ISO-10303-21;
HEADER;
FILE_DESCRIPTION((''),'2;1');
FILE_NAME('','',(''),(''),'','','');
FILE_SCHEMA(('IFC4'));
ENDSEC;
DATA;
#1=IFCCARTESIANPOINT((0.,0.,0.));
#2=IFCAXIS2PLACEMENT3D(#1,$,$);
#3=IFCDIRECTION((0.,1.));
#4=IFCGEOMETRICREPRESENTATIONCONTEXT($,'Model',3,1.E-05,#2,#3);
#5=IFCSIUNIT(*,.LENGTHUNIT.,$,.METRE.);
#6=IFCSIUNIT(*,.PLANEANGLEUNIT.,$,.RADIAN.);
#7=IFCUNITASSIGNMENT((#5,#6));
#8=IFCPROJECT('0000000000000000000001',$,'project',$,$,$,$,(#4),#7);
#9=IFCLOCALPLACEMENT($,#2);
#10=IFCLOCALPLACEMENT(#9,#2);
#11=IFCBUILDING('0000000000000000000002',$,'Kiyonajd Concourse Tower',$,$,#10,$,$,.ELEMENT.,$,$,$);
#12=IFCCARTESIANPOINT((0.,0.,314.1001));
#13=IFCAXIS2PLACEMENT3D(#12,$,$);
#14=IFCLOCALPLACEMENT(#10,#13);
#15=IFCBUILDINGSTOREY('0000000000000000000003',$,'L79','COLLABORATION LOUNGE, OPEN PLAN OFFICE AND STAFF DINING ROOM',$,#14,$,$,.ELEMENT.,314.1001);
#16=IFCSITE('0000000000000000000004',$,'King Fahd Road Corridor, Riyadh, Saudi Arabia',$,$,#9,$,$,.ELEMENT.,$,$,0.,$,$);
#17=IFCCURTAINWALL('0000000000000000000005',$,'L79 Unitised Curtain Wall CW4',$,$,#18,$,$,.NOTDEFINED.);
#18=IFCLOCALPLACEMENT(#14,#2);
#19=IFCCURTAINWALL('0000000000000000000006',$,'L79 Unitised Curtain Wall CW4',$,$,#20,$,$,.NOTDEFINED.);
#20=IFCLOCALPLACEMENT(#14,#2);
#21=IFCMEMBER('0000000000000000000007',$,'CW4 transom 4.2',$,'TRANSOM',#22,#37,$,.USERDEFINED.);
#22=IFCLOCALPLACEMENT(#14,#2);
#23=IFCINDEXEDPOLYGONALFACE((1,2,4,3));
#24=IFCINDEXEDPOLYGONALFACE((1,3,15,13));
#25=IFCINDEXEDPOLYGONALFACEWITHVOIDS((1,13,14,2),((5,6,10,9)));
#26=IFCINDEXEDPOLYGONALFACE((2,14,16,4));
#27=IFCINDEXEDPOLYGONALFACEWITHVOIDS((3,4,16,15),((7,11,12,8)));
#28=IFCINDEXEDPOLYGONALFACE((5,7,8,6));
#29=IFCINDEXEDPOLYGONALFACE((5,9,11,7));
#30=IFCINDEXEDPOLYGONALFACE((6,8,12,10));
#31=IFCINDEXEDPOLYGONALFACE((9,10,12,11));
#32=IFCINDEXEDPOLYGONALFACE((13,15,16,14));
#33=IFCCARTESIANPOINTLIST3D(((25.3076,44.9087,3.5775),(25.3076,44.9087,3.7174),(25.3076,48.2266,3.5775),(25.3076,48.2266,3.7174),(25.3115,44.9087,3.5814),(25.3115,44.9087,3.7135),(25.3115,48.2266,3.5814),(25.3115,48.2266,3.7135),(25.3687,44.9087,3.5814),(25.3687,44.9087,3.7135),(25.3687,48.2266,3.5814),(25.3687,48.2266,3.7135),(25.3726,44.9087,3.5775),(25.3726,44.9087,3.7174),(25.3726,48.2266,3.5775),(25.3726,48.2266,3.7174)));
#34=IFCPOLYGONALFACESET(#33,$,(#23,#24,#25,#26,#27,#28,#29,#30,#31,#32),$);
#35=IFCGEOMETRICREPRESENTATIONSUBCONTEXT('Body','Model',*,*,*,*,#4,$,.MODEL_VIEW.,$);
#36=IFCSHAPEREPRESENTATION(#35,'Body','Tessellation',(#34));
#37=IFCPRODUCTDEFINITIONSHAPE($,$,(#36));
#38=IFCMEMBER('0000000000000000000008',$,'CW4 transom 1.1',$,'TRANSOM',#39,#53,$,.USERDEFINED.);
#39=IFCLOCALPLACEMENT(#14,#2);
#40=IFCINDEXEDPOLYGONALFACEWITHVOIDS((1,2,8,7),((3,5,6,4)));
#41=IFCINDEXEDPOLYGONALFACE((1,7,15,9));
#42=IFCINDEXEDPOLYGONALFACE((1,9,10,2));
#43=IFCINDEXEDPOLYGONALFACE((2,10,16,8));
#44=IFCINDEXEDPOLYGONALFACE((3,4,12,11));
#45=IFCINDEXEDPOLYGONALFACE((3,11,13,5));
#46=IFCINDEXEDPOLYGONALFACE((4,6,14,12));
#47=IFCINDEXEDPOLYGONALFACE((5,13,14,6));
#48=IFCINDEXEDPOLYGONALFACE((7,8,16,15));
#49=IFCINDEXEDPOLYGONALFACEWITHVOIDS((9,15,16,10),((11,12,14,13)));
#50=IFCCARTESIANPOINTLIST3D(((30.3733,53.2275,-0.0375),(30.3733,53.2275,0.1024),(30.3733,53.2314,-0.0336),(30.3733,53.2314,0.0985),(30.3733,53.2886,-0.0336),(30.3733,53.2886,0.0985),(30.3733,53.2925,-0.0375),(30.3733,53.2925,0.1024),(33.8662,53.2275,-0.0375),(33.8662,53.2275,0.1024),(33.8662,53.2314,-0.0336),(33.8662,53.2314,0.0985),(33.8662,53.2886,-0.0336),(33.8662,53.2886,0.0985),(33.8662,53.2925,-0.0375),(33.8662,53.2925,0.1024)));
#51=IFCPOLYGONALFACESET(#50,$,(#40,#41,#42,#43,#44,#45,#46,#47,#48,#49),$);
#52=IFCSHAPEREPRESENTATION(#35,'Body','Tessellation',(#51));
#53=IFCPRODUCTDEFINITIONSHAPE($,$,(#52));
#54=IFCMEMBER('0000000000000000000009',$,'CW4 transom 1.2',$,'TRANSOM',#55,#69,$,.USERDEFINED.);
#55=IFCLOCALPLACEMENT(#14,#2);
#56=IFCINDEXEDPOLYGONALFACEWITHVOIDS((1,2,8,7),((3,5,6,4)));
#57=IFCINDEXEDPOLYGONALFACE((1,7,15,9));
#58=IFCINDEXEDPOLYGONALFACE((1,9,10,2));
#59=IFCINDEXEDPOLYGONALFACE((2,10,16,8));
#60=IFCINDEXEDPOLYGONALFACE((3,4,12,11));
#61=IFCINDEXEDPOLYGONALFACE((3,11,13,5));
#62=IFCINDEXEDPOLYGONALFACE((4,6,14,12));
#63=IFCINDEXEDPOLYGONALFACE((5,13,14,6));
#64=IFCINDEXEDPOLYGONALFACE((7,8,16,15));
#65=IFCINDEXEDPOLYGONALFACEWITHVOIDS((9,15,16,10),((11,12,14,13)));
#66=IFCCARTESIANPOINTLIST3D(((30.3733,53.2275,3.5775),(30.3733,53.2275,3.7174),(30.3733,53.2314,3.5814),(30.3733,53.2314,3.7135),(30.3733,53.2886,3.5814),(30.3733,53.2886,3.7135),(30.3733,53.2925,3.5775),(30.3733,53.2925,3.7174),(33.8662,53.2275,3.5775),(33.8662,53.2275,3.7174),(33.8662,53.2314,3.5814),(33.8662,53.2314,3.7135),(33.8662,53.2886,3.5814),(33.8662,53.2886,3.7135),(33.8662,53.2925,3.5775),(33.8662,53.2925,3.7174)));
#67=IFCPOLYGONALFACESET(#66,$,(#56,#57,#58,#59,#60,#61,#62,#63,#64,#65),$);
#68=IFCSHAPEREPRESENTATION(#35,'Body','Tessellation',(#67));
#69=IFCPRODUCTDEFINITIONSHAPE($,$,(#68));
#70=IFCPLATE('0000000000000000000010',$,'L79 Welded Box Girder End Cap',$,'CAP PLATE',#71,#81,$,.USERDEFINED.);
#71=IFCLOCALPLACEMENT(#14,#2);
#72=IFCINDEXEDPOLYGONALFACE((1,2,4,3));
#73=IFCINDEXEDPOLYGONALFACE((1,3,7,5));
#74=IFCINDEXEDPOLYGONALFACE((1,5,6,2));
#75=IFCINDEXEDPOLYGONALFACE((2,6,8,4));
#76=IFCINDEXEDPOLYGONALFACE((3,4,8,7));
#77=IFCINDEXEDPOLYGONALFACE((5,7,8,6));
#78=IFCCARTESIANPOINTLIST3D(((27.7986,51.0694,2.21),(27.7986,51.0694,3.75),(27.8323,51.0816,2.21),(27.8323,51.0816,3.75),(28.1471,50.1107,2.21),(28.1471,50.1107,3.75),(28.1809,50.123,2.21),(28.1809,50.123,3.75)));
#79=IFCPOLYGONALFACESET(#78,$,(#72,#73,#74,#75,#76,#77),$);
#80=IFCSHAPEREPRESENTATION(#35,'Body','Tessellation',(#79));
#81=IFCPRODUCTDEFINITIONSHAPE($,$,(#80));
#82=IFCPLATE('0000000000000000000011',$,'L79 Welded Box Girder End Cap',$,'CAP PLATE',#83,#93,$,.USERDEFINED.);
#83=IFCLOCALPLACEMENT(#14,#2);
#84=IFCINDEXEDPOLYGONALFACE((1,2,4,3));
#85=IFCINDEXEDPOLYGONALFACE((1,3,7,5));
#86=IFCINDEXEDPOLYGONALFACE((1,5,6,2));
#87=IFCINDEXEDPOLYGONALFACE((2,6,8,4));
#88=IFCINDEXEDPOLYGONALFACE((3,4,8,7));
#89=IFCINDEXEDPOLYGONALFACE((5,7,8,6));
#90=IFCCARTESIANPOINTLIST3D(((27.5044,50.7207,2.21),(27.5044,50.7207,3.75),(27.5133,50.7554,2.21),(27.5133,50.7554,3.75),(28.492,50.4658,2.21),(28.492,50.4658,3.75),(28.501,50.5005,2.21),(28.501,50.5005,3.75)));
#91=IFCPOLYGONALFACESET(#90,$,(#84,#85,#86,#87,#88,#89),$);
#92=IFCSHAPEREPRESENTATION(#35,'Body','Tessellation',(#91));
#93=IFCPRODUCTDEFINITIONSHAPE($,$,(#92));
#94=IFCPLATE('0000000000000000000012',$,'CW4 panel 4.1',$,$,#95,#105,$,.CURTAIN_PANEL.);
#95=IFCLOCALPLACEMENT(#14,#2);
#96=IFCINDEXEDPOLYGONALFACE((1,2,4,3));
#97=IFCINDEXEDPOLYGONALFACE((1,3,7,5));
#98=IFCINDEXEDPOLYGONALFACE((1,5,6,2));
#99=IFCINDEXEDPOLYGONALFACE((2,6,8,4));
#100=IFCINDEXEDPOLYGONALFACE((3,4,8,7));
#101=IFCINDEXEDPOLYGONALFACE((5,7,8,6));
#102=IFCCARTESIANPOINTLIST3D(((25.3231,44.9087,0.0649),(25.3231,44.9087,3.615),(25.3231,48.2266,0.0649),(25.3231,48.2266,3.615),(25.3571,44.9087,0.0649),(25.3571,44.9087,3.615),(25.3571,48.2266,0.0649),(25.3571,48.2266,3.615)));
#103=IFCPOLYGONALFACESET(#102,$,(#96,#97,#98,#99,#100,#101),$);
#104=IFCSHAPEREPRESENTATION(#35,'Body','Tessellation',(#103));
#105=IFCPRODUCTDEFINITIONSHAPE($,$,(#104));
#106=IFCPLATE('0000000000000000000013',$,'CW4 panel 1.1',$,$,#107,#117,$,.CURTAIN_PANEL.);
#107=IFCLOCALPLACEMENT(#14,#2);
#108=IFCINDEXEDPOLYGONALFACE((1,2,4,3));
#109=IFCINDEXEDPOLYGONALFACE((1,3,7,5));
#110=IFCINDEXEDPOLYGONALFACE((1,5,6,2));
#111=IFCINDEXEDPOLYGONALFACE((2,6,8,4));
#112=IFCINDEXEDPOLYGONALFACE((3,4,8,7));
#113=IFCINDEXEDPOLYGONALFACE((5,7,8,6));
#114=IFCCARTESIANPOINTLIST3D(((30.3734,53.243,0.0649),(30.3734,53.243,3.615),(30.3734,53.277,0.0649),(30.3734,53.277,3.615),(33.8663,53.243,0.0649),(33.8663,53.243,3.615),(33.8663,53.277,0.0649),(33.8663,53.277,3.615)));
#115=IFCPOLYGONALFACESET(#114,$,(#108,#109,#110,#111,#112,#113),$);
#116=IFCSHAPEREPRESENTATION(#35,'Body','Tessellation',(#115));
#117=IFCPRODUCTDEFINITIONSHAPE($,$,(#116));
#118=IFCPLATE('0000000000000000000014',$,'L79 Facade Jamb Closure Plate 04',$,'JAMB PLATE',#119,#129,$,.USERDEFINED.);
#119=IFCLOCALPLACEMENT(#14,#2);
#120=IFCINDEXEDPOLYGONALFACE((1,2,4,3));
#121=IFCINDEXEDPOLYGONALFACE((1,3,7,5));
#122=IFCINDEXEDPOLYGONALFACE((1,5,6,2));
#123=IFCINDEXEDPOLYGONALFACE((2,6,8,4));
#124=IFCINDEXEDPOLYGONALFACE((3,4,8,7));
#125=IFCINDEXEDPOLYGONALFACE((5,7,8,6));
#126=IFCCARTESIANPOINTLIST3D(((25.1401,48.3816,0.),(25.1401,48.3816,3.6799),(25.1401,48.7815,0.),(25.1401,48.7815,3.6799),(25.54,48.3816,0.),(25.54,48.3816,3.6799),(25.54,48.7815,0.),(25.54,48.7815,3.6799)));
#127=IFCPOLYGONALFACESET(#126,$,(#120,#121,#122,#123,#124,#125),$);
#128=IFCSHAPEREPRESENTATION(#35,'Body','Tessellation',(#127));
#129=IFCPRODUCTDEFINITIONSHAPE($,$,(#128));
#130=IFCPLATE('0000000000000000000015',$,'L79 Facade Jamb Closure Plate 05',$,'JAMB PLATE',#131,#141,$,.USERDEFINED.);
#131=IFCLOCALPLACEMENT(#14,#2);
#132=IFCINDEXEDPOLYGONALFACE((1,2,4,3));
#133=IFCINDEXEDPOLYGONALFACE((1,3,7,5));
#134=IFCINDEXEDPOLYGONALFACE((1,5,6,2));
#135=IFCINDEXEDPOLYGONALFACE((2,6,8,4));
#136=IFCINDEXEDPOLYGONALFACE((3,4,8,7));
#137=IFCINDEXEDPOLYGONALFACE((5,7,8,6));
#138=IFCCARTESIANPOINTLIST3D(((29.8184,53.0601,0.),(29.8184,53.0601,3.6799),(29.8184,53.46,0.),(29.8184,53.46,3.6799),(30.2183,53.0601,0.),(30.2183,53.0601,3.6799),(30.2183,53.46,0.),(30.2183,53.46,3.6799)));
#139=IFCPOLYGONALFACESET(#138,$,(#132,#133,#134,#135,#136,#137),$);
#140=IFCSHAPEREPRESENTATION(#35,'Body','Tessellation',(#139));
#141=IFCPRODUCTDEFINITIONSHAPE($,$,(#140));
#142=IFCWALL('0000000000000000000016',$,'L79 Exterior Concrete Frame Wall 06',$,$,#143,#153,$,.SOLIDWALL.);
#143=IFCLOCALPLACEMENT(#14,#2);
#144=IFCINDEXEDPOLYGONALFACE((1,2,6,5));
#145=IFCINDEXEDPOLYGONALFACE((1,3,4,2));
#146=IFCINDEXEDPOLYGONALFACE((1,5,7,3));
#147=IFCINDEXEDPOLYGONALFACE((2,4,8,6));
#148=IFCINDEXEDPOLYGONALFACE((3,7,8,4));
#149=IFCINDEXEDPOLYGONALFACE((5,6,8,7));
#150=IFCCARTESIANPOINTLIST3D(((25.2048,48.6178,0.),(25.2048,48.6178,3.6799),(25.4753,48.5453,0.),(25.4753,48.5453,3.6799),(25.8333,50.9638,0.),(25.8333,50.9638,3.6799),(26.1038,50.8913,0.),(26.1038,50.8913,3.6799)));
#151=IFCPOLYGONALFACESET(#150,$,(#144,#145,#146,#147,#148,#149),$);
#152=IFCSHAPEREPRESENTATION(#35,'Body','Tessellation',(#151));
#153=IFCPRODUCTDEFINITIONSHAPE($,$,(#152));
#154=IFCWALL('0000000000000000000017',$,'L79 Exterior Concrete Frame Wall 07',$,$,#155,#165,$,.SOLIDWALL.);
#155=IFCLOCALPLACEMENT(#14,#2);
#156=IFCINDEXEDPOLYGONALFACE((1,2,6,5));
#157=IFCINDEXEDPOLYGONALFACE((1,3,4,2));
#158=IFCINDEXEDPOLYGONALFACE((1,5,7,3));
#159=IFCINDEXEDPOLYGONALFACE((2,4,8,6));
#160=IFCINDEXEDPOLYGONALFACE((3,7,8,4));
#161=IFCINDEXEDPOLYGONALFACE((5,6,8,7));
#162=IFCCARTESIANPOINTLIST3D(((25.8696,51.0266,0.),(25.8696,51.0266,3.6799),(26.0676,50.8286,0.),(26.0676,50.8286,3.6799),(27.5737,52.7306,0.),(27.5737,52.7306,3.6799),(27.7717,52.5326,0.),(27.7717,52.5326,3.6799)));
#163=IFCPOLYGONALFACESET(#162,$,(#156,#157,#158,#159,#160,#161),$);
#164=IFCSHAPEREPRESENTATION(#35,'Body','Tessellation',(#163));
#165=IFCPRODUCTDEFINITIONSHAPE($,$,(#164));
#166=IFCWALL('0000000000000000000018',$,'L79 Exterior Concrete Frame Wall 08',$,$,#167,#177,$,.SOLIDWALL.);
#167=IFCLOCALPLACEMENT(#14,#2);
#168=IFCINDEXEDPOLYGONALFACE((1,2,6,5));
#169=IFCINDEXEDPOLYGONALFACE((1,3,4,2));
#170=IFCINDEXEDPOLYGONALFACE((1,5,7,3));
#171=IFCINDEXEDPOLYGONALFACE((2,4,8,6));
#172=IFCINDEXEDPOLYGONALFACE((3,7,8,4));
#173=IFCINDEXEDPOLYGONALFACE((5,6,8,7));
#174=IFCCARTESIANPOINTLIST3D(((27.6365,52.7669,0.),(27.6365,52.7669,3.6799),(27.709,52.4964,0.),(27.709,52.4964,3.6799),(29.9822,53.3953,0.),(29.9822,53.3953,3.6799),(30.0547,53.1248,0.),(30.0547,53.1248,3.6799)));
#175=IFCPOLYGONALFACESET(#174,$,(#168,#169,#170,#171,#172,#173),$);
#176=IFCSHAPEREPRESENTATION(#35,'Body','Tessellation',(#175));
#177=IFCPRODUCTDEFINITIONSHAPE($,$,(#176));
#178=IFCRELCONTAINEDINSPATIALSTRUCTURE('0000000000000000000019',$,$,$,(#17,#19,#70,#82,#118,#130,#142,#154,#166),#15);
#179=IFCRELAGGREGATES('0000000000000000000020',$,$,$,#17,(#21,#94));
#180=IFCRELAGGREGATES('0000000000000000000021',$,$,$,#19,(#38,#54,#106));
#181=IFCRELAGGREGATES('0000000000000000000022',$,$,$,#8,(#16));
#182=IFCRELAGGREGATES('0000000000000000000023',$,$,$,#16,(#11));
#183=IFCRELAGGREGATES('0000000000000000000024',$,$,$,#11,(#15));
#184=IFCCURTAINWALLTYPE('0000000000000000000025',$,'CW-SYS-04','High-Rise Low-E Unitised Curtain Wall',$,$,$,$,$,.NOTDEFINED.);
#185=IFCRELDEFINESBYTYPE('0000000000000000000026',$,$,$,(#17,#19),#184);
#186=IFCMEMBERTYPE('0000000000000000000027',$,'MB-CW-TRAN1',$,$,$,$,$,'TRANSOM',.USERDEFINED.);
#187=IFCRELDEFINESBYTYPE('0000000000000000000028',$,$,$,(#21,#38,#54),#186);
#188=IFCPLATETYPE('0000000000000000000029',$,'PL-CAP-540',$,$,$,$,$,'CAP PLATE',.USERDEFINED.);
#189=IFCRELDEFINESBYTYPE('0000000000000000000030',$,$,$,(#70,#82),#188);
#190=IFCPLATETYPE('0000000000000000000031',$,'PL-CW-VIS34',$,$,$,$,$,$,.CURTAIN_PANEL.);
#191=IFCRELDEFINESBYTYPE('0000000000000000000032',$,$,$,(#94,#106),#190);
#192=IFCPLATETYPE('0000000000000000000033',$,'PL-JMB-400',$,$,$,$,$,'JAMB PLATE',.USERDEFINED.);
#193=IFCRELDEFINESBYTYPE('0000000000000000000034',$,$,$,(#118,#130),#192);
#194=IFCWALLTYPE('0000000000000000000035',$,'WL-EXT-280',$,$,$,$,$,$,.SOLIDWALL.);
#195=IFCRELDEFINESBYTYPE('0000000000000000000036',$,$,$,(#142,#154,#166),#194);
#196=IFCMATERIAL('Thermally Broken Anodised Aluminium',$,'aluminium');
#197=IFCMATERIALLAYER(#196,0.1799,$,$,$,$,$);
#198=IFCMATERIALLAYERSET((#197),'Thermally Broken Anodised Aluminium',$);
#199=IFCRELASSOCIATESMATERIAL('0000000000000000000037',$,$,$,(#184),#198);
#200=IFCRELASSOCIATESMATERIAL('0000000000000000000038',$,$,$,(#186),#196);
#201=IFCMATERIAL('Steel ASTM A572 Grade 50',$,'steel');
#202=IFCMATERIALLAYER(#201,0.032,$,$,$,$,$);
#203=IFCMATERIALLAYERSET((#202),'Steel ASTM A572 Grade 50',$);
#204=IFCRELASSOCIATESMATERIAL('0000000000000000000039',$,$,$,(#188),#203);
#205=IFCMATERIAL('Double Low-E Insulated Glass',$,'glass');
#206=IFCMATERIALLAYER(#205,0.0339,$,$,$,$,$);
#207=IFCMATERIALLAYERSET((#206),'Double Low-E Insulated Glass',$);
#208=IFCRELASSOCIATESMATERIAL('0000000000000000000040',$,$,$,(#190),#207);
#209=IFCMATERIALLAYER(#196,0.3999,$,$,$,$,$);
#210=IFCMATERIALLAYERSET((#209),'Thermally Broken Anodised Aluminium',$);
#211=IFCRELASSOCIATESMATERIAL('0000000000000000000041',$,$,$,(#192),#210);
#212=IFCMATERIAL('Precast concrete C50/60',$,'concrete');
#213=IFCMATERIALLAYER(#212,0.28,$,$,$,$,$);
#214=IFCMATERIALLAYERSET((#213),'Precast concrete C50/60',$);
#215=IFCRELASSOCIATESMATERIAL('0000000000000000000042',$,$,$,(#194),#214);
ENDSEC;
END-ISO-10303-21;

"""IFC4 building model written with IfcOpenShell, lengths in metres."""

from ifc_helpers import new_model, si_unit, direction, frame, frame_2d, origin, origin_2d, place, context, subcontext, project, spatial, rectangle, hollow_rectangle, extrude, material, layer, layer_set, material_profile, profile_set, type_object, element, aggregate, save


model = new_model("IFC4")

# Units and contexts
model_context = context("Model", 3, precision=1e-05, world=origin(), true_north=direction((0.0, 1.0)))
body_context = subcontext(model_context, "Body", "Model", "MODEL_VIEW")
ifc_project = project(units=[si_unit("LENGTHUNIT", "METRE"), si_unit("PLANEANGLEUNIT", "RADIAN")], contexts=[model_context])

# Site, building, storey
site_placement = place(None, origin())
site = spatial("IfcSite", under=ifc_project, at=site_placement, Name="King Fahd Road Corridor, Riyadh, Saudi Arabia", CompositionType="ELEMENT", RefElevation=0.0)
building_placement = place(site_placement, origin())
building = spatial("IfcBuilding", under=site, at=building_placement, Name="Kiyonajd Concourse Tower", CompositionType="ELEMENT")
storey_placement = place(building_placement, frame((0.0, 0.0, 314.1001)))
storey = spatial("IfcBuildingStorey", under=building, at=storey_placement, Name="L79", Description="COLLABORATION LOUNGE, OPEN PLAN OFFICE AND STAFF DINING ROOM", CompositionType="ELEMENT", Elevation=314.1001)

# Shared definitions
ifc_material_1 = material(Name="Steel ASTM A572 Grade 50", Category="steel")

# Curtain wall
ifc_material_2 = material(Name="Thermally Broken Anodised Aluminium", Category="aluminium")
ifc_layer_1 = layer(ifc_material_2, 0.1799)
ifc_layer_set_1 = layer_set([ifc_layer_1], Name="Thermally Broken Anodised Aluminium")
curtain_wall_type = type_object("IfcCurtainWallType", Name="CW-SYS-04", Description="High-Rise Low-E Unitised Curtain Wall", PredefinedType="NOTDEFINED", material=ifc_layer_set_1)
curtain_wall_1_placement = place(storey_placement, origin())
curtain_wall_1 = element("IfcCurtainWall", 1, at=curtain_wall_1_placement, inside=storey, type_object=curtain_wall_type, Name="L79 Unitised Curtain Wall CW4", PredefinedType="NOTDEFINED")

# Curtain wall
curtain_wall_2_placement = place(storey_placement, origin())
curtain_wall_2 = element("IfcCurtainWall", 2, at=curtain_wall_2_placement, inside=storey, type_object=curtain_wall_type, Name="L79 Unitised Curtain Wall CW4", PredefinedType="NOTDEFINED")

# Members
ifc_material_profile_1 = material_profile(ifc_material_2, hollow_rectangle(XDim=0.0649, YDim=0.1399, WallThickness=0.0039, at=origin_2d()), Name="TRAN-65x140")
ifc_profile_set_1 = profile_set([ifc_material_profile_1], Name="Thermally Broken Anodised Aluminium")
member_type_1 = type_object("IfcMemberType", Name="MB-CW-TRAN1", ElementType="TRANSOM", PredefinedType="USERDEFINED", material=ifc_profile_set_1)
member_1_placement = place(storey_placement, frame((25.3401, 44.9087, 3.6475), z_axis=(0.0, 1.0, 0.0), x_axis=(-1.0, 0.0, 0.0)))
member_1 = element("IfcMember", 3, at=member_1_placement, type_object=member_type_1, Name="CW4 transom 4.2", ObjectType="TRANSOM", PredefinedType="USERDEFINED", context=body_context, shape_type="SweptSolid", body=[
    extrude(hollow_rectangle(XDim=0.0649, YDim=0.1399, WallThickness=0.0039, at=origin_2d()), origin(), (0.0, 0.0, 1.0), 3.3179),
])
member_2_placement = place(storey_placement, frame((30.3733, 53.26, 0.0325), z_axis=(1.0, 0.0, 0.0), x_axis=(0.0, 1.0, 0.0)))
member_2 = element("IfcMember", 4, at=member_2_placement, type_object=member_type_1, Name="CW4 transom 1.1", ObjectType="TRANSOM", PredefinedType="USERDEFINED", context=body_context, shape_type="SweptSolid", body=[
    extrude(hollow_rectangle(XDim=0.0649, YDim=0.1399, WallThickness=0.0039, at=origin_2d()), origin(), (0.0, 0.0, 1.0), 3.4929),
])
member_3_placement = place(storey_placement, frame((30.3733, 53.26, 3.6475), z_axis=(1.0, 0.0, 0.0), x_axis=(0.0, 1.0, 0.0)))
member_3 = element("IfcMember", 5, at=member_3_placement, type_object=member_type_1, Name="CW4 transom 1.2", ObjectType="TRANSOM", PredefinedType="USERDEFINED", context=body_context, shape_type="SweptSolid", body=[
    extrude(hollow_rectangle(XDim=0.0649, YDim=0.1399, WallThickness=0.0039, at=origin_2d()), origin(), (0.0, 0.0, 1.0), 3.4929),
])

# Plates
ifc_layer_2 = layer(ifc_material_1, 0.032)
ifc_layer_set_2 = layer_set([ifc_layer_2], Name="Steel ASTM A572 Grade 50")
plate_type_1 = type_object("IfcPlateType", Name="PL-CAP-540", ElementType="CAP PLATE", PredefinedType="USERDEFINED", material=ifc_layer_set_2)
for number, where, z_axis, x_axis, name in (
    (6, (27.9897, 50.5962, 2.21), (0.0, 0.0, 1.0), (-0.939812, -0.341692, 0.0), "L79 Welded Box Girder End Cap"),
    (7, (28.0027, 50.6106, 2.21), (0.0, 0.0, 1.0), (0.249873, 0.968279, 0.0), "L79 Welded Box Girder End Cap"),
):
    element("IfcPlate", number, at=place(storey_placement, frame(where, z_axis=z_axis, x_axis=x_axis)), inside=storey, type_object=plate_type_1, Name=name, ObjectType="CAP PLATE", PredefinedType="USERDEFINED", context=body_context, shape_type="SweptSolid", body=[
        extrude(rectangle(XDim=0.0359, YDim=1.02, at=origin_2d()), origin(), (0.0, 0.0, 1.0), 1.54),
    ])

# Plates
ifc_material_3 = material(Name="Double Low-E Insulated Glass", Category="glass")
ifc_layer_3 = layer(ifc_material_3, 0.0339)
ifc_layer_set_3 = layer_set([ifc_layer_3], Name="Double Low-E Insulated Glass")
plate_type_2 = type_object("IfcPlateType", Name="PL-CW-VIS34", PredefinedType="CURTAIN_PANEL", material=ifc_layer_set_3)
plate_1_placement = place(storey_placement, frame((25.3401, 46.5676, 0.0649), z_axis=(0.0, 0.0, 1.0), x_axis=(0.0, 1.0, 0.0)))
plate_1 = element("IfcPlate", 8, at=plate_1_placement, type_object=plate_type_2, Name="CW4 panel 4.1", PredefinedType="CURTAIN_PANEL", context=body_context, shape_type="SweptSolid", body=[
    extrude(rectangle(XDim=3.3179, YDim=0.0339, at=origin_2d()), origin(), (0.0, 0.0, 1.0), 3.55),
])
aggregate(curtain_wall_1, [member_1, plate_1])
plate_2_placement = place(storey_placement, frame((32.1199, 53.26, 0.0649), z_axis=(0.0, 0.0, 1.0), x_axis=(1.0, 0.0, 0.0)))
plate_2 = element("IfcPlate", 9, at=plate_2_placement, type_object=plate_type_2, Name="CW4 panel 1.1", PredefinedType="CURTAIN_PANEL", context=body_context, shape_type="SweptSolid", body=[
    extrude(rectangle(XDim=3.4929, YDim=0.0339, at=origin_2d()), origin(), (0.0, 0.0, 1.0), 3.55),
])
aggregate(curtain_wall_2, [member_2, member_3, plate_2])

# Plates
ifc_layer_4 = layer(ifc_material_2, 0.3999)
ifc_layer_set_4 = layer_set([ifc_layer_4], Name="Thermally Broken Anodised Aluminium")
plate_type_3 = type_object("IfcPlateType", Name="PL-JMB-400", ElementType="JAMB PLATE", PredefinedType="USERDEFINED", material=ifc_layer_set_4)
for number, where, z_axis, x_axis, name in (
    (10, (25.3401, 48.5815, 0.0), (0.0, 0.0, 1.0), (1.0, 0.0, 0.0), "L79 Facade Jamb Closure Plate 04"),
    (11, (30.0183, 53.26, 0.0), (0.0, 0.0, 1.0), (1.0, 0.0, 0.0), "L79 Facade Jamb Closure Plate 05"),
):
    element("IfcPlate", number, at=place(storey_placement, frame(where, z_axis=z_axis, x_axis=x_axis)), inside=storey, type_object=plate_type_3, Name=name, ObjectType="JAMB PLATE", PredefinedType="USERDEFINED", context=body_context, shape_type="SweptSolid", body=[
        extrude(rectangle(XDim=0.3999, YDim=0.3999, at=origin_2d()), origin(), (0.0, 0.0, 1.0), 3.6799),
    ])

# Walls
ifc_material_4 = material(Name="Precast concrete C50/60", Category="concrete")
ifc_layer_5 = layer(ifc_material_4, 0.28)
ifc_layer_set_5 = layer_set([ifc_layer_5], Name="Precast concrete C50/60")
wall_type_1 = type_object("IfcWallType", Name="WL-EXT-280", PredefinedType="SOLIDWALL", material=ifc_layer_set_5)
wall_1_placement = place(storey_placement, frame((25.3401, 48.5815, 0.0), z_axis=(0.0, 0.0, 1.0), x_axis=(0.258751, 0.965944, 0.0)))
element("IfcWall", 12, at=wall_1_placement, inside=storey, type_object=wall_type_1, Name="L79 Exterior Concrete Frame Wall 06", PredefinedType="SOLIDWALL", context=body_context, shape_type="SweptSolid", body=[
    extrude(rectangle(XDim=2.4287, YDim=0.28, at=frame_2d((1.2144, 0.0))), origin(), (0.0, 0.0, 1.0), 3.6799),
])
wall_2_placement = place(storey_placement, frame((25.9685, 50.9275, 0.0), z_axis=(0.0, 0.0, 1.0), x_axis=(0.707107, 0.707107, 0.0)))
element("IfcWall", 13, at=wall_2_placement, inside=storey, type_object=wall_type_1, Name="L79 Exterior Concrete Frame Wall 07", PredefinedType="SOLIDWALL", context=body_context, shape_type="SweptSolid", body=[
    extrude(rectangle(XDim=2.4099, YDim=0.28, at=frame_2d((1.2051, 0.0))), origin(), (0.0, 0.0, 1.0), 3.6799),
])
wall_3_placement = place(storey_placement, frame((27.6726, 52.6316, 0.0), z_axis=(0.0, 0.0, 1.0), x_axis=(0.965937, 0.258776, 0.0)))
element("IfcWall", 14, at=wall_3_placement, inside=storey, type_object=wall_type_1, Name="L79 Exterior Concrete Frame Wall 08", PredefinedType="SOLIDWALL", context=body_context, shape_type="SweptSolid", body=[
    extrude(rectangle(XDim=2.4285, YDim=0.28, at=frame_2d((1.2144, 0.0))), origin(), (0.0, 0.0, 1.0), 3.6799),
])

save(model, "model.ifc")
